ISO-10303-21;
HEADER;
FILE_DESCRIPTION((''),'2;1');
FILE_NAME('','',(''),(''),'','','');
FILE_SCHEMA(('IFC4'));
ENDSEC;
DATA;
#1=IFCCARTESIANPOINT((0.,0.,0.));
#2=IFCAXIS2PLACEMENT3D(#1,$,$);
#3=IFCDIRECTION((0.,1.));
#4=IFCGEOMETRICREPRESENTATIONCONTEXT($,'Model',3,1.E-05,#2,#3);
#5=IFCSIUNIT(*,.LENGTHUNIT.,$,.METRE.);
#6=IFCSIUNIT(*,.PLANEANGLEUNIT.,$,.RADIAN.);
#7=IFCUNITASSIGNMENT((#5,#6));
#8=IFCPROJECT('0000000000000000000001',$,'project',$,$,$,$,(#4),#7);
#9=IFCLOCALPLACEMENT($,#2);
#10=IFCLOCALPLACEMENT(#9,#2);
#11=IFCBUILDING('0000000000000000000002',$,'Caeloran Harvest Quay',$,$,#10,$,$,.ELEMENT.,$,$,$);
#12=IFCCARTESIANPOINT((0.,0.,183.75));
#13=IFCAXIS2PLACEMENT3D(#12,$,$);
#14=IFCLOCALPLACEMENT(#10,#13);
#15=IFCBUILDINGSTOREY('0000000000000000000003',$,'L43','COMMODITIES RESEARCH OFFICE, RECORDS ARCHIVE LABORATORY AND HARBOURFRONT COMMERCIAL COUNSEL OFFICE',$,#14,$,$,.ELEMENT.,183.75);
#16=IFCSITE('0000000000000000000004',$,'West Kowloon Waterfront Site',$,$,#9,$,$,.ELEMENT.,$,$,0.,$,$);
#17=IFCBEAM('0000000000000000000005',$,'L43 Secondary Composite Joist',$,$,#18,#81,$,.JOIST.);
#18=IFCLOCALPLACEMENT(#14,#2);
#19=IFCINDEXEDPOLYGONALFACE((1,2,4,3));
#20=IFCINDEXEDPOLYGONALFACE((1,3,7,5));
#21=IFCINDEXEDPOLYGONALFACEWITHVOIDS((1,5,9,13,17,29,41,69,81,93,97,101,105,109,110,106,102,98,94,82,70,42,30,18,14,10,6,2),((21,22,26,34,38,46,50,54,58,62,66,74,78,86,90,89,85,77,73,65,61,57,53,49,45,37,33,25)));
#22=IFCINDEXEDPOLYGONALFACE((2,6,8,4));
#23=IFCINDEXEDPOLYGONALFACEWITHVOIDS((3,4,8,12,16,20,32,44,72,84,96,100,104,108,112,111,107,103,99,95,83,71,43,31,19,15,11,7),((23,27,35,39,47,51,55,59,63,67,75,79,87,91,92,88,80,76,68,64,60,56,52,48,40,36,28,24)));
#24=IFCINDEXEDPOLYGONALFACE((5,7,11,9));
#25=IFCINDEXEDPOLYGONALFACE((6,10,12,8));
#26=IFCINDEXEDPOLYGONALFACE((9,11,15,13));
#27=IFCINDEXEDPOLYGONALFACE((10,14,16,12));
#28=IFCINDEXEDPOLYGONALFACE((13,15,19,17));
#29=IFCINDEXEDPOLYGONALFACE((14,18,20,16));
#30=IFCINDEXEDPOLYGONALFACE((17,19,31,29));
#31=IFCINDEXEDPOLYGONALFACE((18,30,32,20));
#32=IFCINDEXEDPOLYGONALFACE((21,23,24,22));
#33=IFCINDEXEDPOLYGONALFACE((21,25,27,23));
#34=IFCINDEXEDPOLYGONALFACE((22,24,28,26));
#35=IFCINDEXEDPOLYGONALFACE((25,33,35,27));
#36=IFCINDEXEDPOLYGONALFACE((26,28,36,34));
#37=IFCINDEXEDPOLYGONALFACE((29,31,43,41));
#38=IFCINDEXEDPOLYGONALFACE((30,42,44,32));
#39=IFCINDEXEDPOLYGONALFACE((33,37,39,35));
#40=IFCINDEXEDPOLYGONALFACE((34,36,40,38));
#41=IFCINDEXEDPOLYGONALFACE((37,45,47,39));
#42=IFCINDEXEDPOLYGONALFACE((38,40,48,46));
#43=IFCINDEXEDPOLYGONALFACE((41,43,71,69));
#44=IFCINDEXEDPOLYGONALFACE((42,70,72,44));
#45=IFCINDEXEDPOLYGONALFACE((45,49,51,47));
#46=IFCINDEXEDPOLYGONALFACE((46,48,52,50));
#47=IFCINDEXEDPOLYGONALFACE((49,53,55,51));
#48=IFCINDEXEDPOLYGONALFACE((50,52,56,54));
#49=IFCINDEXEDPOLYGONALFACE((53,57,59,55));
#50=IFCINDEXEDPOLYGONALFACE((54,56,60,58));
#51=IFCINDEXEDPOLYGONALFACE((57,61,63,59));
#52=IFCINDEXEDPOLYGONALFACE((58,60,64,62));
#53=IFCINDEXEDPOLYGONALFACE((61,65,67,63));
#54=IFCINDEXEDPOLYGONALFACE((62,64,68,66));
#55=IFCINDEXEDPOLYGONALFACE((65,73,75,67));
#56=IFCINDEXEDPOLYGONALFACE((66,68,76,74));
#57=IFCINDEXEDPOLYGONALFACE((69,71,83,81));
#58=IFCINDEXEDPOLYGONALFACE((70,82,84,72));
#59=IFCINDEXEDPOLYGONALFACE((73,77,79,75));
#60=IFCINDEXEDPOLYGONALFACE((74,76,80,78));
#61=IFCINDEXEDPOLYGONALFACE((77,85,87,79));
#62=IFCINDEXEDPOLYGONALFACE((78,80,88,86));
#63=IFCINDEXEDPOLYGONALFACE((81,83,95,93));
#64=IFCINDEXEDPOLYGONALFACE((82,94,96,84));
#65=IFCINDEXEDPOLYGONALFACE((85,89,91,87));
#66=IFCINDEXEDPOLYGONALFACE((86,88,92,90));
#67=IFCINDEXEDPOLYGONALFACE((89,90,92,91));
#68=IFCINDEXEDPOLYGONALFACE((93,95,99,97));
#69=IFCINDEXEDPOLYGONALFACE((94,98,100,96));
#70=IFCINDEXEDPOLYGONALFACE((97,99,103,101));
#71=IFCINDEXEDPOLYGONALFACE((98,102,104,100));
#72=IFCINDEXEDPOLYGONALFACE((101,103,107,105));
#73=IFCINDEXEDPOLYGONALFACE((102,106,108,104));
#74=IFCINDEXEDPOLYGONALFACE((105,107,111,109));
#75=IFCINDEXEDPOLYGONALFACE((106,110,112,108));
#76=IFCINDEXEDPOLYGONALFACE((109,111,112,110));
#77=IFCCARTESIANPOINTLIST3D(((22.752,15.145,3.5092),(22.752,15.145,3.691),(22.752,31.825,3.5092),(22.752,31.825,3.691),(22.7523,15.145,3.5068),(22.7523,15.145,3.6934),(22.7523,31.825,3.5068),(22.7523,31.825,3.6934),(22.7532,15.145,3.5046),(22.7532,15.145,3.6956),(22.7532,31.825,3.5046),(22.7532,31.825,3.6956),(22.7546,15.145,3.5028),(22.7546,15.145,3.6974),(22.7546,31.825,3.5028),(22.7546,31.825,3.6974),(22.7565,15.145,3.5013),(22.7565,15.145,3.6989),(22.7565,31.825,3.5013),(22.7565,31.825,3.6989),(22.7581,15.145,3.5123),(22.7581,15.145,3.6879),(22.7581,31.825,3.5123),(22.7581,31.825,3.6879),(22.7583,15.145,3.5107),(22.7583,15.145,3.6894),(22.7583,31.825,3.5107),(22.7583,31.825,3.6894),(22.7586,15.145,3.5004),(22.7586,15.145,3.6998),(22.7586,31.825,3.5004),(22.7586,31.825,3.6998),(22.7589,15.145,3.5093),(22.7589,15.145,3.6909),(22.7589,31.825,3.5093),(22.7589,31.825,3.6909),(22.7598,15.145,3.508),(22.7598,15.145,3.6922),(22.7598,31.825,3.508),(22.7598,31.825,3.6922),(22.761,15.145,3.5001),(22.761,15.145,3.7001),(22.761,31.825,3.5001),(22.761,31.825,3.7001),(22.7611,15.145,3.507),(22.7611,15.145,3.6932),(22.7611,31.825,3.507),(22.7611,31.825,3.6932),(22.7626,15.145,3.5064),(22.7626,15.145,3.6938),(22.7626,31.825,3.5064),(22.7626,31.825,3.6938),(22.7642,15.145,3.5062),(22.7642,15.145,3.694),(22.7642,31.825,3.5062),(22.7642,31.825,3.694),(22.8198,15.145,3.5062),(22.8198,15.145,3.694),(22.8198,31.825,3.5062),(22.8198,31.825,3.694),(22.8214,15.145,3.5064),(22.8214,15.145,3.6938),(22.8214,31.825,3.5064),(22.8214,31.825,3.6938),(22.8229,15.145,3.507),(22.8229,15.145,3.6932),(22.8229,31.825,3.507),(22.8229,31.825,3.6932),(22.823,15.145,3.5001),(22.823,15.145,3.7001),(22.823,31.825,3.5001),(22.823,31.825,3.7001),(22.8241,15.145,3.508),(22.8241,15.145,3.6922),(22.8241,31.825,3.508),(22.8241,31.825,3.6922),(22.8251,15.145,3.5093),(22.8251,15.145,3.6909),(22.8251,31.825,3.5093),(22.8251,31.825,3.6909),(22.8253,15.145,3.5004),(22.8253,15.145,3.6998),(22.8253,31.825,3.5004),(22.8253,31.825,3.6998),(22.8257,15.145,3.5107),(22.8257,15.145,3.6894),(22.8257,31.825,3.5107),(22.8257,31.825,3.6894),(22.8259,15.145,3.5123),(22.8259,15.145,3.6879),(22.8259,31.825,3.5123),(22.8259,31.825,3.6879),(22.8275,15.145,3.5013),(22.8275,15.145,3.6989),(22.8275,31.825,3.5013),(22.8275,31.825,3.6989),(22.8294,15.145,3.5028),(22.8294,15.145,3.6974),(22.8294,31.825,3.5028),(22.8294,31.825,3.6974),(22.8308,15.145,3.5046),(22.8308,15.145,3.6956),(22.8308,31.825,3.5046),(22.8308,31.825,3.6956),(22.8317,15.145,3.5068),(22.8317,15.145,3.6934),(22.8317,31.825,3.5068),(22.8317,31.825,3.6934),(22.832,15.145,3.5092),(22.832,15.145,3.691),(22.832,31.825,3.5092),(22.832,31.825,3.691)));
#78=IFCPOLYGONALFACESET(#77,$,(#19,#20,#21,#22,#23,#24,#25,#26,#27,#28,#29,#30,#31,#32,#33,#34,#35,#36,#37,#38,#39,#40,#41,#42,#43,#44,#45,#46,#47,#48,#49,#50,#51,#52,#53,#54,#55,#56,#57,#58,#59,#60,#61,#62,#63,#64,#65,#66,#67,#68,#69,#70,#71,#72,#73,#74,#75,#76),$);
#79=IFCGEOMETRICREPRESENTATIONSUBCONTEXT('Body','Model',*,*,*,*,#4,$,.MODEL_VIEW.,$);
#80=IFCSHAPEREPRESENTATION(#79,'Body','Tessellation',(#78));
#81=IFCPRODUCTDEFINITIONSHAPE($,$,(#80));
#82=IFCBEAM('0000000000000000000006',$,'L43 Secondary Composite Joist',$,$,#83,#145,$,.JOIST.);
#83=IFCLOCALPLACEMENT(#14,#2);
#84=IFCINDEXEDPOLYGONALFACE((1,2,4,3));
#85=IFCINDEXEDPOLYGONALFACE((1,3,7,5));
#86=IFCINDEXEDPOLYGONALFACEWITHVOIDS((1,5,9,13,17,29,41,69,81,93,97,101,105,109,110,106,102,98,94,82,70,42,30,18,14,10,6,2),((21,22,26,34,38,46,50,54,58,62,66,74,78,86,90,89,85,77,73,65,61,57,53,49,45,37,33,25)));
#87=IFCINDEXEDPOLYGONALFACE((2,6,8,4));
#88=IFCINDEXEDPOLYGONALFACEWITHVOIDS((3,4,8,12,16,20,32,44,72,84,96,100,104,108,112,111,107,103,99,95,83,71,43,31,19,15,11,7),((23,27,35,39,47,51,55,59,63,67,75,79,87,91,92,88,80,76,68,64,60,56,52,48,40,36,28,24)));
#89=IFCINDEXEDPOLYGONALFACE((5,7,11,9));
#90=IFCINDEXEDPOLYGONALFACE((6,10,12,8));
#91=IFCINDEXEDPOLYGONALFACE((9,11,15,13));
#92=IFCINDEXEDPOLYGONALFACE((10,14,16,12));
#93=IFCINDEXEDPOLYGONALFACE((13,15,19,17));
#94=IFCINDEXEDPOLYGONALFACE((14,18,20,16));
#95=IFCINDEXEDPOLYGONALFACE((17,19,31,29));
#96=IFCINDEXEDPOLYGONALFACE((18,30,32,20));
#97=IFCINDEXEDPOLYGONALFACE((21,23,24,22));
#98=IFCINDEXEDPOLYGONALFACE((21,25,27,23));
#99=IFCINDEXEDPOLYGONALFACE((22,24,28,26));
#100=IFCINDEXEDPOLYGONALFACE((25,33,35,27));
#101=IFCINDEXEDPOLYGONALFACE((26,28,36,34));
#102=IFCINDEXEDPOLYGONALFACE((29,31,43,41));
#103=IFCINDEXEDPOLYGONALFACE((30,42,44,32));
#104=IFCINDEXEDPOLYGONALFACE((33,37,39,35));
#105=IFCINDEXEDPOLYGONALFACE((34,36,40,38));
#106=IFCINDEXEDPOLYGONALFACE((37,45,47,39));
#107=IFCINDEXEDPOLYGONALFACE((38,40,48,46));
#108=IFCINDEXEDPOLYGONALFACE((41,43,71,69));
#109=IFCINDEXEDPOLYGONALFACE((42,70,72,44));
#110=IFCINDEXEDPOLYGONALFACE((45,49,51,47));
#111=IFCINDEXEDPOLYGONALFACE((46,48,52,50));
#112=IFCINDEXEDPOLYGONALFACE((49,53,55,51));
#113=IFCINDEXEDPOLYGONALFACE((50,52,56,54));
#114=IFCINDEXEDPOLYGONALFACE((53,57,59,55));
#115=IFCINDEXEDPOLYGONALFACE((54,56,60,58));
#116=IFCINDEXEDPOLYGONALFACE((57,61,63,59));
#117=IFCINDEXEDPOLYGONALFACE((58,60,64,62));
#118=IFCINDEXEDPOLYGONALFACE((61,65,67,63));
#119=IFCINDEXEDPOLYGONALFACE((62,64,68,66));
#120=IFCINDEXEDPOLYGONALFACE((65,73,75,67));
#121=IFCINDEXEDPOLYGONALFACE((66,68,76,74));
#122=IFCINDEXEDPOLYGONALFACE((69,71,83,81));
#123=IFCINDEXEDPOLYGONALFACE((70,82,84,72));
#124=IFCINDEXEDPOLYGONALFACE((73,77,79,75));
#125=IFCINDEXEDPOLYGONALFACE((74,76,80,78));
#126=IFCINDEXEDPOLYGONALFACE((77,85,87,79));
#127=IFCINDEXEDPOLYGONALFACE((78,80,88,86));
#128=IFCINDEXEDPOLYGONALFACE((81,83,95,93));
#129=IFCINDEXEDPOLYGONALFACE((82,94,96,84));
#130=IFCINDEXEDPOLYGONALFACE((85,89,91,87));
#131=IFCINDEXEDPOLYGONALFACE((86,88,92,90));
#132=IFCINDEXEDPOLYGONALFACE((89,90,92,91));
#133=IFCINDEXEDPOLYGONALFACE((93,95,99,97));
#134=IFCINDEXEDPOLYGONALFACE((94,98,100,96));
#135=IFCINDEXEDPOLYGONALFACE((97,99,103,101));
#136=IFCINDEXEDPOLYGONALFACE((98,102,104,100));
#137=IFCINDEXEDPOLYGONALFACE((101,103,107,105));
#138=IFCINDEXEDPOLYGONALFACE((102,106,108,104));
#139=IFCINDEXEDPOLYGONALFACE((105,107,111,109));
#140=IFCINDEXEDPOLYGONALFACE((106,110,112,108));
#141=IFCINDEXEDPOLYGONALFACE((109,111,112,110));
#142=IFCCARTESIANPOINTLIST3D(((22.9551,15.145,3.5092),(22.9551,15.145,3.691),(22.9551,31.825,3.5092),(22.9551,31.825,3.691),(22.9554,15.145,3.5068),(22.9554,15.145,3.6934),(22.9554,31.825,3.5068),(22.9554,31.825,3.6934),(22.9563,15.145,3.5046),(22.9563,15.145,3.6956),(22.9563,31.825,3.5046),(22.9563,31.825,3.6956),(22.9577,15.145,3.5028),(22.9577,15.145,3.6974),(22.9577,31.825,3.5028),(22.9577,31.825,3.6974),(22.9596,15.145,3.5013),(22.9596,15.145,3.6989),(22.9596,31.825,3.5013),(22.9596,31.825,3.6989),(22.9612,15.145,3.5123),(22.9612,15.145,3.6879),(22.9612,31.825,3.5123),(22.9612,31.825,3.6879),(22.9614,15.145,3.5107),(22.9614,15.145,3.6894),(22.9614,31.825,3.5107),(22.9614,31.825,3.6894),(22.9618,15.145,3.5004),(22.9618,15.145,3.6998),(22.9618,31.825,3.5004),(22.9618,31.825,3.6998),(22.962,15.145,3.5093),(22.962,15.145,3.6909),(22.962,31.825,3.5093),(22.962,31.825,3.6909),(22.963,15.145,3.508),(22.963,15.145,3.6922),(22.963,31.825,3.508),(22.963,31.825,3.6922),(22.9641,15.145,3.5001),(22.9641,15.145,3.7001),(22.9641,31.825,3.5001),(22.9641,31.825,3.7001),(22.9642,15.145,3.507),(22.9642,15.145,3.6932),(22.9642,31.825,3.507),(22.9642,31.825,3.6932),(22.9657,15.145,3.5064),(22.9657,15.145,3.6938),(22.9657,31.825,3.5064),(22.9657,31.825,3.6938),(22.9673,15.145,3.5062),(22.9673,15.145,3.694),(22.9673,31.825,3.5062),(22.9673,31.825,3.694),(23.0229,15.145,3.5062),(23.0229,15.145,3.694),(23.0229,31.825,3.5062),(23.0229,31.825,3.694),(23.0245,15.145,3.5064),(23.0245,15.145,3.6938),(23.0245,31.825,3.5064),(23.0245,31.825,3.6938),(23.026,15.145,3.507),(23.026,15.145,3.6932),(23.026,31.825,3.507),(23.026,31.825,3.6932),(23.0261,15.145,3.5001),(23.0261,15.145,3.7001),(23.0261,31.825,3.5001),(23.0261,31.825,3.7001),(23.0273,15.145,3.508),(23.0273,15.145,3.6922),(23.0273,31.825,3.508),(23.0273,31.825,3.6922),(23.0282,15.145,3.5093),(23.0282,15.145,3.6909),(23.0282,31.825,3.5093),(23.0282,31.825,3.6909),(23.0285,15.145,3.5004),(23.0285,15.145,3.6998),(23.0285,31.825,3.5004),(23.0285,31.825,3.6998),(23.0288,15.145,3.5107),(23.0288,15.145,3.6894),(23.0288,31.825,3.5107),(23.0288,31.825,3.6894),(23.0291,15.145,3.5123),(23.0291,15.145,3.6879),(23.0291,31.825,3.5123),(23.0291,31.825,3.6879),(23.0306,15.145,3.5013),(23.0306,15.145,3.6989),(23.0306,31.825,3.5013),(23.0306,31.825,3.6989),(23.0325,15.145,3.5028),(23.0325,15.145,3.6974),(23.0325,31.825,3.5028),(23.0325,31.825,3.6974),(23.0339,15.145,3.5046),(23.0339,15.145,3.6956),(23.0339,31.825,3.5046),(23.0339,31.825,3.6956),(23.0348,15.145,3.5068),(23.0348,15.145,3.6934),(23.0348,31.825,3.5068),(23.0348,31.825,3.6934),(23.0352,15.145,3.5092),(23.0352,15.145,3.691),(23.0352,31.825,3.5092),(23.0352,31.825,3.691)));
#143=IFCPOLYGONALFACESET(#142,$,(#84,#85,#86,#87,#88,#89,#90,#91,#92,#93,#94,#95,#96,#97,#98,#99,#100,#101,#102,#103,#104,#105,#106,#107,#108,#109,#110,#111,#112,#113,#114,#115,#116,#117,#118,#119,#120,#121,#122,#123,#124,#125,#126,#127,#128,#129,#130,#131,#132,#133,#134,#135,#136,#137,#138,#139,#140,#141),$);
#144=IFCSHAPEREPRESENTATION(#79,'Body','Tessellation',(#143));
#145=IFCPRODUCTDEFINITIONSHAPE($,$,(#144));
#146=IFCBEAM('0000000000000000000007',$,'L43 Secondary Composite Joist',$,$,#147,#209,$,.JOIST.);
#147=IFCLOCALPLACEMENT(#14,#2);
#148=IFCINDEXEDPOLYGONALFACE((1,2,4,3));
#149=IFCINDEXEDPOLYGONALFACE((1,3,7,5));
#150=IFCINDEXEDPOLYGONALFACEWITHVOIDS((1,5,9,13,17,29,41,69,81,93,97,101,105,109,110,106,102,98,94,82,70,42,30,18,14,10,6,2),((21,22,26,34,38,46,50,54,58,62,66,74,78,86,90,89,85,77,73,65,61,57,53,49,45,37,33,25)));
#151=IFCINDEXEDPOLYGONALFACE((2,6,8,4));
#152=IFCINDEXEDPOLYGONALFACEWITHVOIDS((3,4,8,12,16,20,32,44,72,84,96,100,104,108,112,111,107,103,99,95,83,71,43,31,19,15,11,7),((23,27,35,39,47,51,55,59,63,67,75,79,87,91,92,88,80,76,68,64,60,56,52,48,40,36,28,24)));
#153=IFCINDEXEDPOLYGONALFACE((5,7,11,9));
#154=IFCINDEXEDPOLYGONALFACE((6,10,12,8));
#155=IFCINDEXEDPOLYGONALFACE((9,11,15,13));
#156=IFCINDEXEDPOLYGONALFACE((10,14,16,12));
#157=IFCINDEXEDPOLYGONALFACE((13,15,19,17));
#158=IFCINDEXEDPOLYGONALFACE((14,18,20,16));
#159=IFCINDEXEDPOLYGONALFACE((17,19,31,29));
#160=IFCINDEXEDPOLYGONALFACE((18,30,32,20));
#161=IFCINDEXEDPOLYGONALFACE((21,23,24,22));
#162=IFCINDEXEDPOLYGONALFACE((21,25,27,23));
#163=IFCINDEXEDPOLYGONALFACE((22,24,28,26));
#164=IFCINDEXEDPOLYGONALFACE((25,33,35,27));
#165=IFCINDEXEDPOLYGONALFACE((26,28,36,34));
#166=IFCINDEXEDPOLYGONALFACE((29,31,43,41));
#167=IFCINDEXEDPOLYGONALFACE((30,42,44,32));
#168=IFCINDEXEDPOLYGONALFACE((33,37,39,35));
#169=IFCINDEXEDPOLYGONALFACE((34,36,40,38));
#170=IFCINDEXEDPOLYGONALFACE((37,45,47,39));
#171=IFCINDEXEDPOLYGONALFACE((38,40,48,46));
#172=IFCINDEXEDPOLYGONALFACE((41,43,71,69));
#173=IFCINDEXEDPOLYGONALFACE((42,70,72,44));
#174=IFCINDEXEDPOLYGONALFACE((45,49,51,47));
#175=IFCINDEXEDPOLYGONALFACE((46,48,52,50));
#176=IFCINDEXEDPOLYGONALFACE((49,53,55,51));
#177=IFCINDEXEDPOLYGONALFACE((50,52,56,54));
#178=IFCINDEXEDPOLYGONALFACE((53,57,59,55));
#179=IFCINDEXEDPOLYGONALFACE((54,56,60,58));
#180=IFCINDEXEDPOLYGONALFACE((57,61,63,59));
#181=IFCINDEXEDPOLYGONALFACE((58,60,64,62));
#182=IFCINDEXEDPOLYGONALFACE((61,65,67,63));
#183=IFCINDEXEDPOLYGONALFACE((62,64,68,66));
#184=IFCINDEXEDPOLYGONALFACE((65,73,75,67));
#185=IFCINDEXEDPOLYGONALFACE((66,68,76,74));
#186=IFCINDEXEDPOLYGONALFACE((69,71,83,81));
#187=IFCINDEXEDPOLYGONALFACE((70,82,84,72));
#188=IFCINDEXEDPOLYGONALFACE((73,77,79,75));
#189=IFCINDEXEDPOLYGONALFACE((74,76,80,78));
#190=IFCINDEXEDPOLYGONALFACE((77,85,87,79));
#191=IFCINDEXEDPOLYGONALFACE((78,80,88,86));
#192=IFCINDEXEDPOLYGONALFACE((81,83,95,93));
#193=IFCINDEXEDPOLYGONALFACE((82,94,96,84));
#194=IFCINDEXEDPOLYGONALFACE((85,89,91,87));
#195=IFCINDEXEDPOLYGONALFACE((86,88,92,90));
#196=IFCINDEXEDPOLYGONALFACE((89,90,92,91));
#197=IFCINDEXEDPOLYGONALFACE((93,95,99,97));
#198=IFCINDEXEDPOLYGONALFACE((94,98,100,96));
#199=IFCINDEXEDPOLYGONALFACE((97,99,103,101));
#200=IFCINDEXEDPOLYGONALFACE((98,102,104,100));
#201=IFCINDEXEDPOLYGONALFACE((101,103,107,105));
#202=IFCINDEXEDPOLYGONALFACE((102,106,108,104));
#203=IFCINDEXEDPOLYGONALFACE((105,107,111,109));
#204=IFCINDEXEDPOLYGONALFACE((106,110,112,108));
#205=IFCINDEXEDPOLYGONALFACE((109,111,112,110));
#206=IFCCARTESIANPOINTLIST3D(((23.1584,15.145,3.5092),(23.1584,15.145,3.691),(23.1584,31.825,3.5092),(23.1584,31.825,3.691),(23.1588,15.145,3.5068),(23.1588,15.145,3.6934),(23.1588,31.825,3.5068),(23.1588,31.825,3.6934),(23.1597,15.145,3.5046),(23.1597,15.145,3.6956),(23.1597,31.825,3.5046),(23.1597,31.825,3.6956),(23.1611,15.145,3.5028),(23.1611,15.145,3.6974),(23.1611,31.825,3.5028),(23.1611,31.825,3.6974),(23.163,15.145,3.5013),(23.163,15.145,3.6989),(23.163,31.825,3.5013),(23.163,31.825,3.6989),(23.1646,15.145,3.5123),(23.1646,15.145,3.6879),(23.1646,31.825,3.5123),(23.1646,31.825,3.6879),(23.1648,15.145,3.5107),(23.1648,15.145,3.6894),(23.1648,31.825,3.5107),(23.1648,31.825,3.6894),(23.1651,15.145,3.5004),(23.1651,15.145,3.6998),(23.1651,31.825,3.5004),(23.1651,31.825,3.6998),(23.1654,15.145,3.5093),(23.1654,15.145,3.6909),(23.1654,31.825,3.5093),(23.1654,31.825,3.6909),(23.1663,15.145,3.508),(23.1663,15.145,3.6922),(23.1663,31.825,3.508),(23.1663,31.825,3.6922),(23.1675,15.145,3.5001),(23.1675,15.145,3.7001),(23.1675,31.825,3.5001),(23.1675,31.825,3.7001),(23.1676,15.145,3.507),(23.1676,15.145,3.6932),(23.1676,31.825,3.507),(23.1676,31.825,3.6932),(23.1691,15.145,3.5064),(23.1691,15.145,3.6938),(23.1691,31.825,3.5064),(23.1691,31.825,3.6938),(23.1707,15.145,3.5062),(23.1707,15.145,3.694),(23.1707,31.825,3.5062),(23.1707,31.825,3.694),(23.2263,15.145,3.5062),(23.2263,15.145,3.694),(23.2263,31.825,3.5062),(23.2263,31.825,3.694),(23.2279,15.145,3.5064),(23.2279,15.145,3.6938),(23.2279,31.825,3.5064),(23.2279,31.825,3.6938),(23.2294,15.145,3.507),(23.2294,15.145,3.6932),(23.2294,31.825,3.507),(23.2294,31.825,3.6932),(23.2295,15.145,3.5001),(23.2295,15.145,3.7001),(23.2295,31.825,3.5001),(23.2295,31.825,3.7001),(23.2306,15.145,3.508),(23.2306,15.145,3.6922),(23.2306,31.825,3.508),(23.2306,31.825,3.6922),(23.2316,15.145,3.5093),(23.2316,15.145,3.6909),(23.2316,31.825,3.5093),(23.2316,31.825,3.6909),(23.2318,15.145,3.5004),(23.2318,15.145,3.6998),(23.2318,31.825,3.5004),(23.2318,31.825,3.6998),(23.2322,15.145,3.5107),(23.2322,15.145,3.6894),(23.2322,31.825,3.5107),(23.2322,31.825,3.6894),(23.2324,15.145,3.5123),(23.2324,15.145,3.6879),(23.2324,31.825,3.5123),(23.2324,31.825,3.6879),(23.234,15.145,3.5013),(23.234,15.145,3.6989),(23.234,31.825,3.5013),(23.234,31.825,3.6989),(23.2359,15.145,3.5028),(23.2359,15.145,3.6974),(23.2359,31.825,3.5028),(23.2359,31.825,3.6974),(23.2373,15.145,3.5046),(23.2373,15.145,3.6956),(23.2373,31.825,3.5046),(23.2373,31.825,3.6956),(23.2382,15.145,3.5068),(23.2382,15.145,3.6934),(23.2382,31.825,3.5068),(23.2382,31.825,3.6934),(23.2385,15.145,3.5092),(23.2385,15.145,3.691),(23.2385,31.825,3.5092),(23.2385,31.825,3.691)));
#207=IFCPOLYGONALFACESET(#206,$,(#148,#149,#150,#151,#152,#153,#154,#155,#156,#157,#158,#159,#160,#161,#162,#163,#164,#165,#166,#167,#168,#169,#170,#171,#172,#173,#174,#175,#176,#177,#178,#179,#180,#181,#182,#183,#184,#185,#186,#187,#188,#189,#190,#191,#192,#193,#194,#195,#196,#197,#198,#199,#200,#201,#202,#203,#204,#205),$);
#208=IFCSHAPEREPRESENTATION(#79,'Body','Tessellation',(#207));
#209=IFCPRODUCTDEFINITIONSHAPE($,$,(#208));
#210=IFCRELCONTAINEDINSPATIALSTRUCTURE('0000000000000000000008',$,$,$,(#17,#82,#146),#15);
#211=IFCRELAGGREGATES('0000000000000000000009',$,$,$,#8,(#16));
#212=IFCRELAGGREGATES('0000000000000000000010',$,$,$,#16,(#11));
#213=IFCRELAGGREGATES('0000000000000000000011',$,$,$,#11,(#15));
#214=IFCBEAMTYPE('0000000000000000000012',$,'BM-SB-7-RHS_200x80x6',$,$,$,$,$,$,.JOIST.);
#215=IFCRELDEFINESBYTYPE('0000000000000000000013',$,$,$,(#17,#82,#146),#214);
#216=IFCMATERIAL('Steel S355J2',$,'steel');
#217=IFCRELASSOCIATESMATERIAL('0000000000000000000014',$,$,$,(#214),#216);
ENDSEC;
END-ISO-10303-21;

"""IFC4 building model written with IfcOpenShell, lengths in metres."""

from ifc_helpers import new_model, si_unit, direction, frame, origin, origin_2d, place, context, subcontext, project, spatial, hollow_rectangle, extrude, material, material_profile, profile_set, type_object, element, save


model = new_model("IFC4")

# Units and contexts
model_context = context("Model", 3, precision=1e-05, world=origin(), true_north=direction((0.0, 1.0)))
body_context = subcontext(model_context, "Body", "Model", "MODEL_VIEW")
ifc_project = project(units=[si_unit("LENGTHUNIT", "METRE"), si_unit("PLANEANGLEUNIT", "RADIAN")], contexts=[model_context])

# Site, building, storey
site_placement = place(None, origin())
site = spatial("IfcSite", under=ifc_project, at=site_placement, Name="West Kowloon Waterfront Site", CompositionType="ELEMENT", RefElevation=0.0)
building_placement = place(site_placement, origin())
building = spatial("IfcBuilding", under=site, at=building_placement, Name="Caeloran Harvest Quay", CompositionType="ELEMENT")
storey_placement = place(building_placement, frame((0.0, 0.0, 183.75)))
storey = spatial("IfcBuildingStorey", under=building, at=storey_placement, Name="L43", Description="COMMODITIES RESEARCH OFFICE, RECORDS ARCHIVE LABORATORY AND HARBOURFRONT COMMERCIAL COUNSEL OFFICE", CompositionType="ELEMENT", Elevation=183.75)

# Beams
ifc_material_1 = material(Name="Steel S355J2", Category="steel")
ifc_material_profile_1 = material_profile(ifc_material_1, hollow_rectangle(XDim=0.0801, YDim=0.2, WallThickness=0.0061, InnerFilletRadius=0.0061, OuterFilletRadius=0.009, at=origin_2d()), Name="RHS 200x80x6")
ifc_profile_set_1 = profile_set([ifc_material_profile_1], Name="Steel S355J2")
beam_type_1 = type_object("IfcBeamType", Name="BM-SB-7-RHS_200x80x6", PredefinedType="JOIST", material=ifc_profile_set_1)
for number, where, z_axis, x_axis, name in (
    (1, (22.792, 15.145, 3.6001), (0.0, 1.0, 0.0), (-1.0, 0.0, 0.0), "L43 Secondary Composite Joist"),
    (2, (22.9951, 15.145, 3.6001), (0.0, 1.0, 0.0), (-1.0, 0.0, 0.0), "L43 Secondary Composite Joist"),
    (3, (23.1985, 15.145, 3.6001), (0.0, 1.0, 0.0), (-1.0, 0.0, 0.0), "L43 Secondary Composite Joist"),
):
    element("IfcBeam", number, at=place(storey_placement, frame(where, z_axis=z_axis, x_axis=x_axis)), inside=storey, type_object=beam_type_1, Name=name, PredefinedType="JOIST", context=body_context, shape_type="SweptSolid", body=[
        extrude(hollow_rectangle(XDim=0.0801, YDim=0.2, WallThickness=0.0061, InnerFilletRadius=0.0061, OuterFilletRadius=0.009, at=origin_2d()), origin(), (0.0, 0.0, 1.0), 16.6799),
    ])

save(model, "model.ifc")
